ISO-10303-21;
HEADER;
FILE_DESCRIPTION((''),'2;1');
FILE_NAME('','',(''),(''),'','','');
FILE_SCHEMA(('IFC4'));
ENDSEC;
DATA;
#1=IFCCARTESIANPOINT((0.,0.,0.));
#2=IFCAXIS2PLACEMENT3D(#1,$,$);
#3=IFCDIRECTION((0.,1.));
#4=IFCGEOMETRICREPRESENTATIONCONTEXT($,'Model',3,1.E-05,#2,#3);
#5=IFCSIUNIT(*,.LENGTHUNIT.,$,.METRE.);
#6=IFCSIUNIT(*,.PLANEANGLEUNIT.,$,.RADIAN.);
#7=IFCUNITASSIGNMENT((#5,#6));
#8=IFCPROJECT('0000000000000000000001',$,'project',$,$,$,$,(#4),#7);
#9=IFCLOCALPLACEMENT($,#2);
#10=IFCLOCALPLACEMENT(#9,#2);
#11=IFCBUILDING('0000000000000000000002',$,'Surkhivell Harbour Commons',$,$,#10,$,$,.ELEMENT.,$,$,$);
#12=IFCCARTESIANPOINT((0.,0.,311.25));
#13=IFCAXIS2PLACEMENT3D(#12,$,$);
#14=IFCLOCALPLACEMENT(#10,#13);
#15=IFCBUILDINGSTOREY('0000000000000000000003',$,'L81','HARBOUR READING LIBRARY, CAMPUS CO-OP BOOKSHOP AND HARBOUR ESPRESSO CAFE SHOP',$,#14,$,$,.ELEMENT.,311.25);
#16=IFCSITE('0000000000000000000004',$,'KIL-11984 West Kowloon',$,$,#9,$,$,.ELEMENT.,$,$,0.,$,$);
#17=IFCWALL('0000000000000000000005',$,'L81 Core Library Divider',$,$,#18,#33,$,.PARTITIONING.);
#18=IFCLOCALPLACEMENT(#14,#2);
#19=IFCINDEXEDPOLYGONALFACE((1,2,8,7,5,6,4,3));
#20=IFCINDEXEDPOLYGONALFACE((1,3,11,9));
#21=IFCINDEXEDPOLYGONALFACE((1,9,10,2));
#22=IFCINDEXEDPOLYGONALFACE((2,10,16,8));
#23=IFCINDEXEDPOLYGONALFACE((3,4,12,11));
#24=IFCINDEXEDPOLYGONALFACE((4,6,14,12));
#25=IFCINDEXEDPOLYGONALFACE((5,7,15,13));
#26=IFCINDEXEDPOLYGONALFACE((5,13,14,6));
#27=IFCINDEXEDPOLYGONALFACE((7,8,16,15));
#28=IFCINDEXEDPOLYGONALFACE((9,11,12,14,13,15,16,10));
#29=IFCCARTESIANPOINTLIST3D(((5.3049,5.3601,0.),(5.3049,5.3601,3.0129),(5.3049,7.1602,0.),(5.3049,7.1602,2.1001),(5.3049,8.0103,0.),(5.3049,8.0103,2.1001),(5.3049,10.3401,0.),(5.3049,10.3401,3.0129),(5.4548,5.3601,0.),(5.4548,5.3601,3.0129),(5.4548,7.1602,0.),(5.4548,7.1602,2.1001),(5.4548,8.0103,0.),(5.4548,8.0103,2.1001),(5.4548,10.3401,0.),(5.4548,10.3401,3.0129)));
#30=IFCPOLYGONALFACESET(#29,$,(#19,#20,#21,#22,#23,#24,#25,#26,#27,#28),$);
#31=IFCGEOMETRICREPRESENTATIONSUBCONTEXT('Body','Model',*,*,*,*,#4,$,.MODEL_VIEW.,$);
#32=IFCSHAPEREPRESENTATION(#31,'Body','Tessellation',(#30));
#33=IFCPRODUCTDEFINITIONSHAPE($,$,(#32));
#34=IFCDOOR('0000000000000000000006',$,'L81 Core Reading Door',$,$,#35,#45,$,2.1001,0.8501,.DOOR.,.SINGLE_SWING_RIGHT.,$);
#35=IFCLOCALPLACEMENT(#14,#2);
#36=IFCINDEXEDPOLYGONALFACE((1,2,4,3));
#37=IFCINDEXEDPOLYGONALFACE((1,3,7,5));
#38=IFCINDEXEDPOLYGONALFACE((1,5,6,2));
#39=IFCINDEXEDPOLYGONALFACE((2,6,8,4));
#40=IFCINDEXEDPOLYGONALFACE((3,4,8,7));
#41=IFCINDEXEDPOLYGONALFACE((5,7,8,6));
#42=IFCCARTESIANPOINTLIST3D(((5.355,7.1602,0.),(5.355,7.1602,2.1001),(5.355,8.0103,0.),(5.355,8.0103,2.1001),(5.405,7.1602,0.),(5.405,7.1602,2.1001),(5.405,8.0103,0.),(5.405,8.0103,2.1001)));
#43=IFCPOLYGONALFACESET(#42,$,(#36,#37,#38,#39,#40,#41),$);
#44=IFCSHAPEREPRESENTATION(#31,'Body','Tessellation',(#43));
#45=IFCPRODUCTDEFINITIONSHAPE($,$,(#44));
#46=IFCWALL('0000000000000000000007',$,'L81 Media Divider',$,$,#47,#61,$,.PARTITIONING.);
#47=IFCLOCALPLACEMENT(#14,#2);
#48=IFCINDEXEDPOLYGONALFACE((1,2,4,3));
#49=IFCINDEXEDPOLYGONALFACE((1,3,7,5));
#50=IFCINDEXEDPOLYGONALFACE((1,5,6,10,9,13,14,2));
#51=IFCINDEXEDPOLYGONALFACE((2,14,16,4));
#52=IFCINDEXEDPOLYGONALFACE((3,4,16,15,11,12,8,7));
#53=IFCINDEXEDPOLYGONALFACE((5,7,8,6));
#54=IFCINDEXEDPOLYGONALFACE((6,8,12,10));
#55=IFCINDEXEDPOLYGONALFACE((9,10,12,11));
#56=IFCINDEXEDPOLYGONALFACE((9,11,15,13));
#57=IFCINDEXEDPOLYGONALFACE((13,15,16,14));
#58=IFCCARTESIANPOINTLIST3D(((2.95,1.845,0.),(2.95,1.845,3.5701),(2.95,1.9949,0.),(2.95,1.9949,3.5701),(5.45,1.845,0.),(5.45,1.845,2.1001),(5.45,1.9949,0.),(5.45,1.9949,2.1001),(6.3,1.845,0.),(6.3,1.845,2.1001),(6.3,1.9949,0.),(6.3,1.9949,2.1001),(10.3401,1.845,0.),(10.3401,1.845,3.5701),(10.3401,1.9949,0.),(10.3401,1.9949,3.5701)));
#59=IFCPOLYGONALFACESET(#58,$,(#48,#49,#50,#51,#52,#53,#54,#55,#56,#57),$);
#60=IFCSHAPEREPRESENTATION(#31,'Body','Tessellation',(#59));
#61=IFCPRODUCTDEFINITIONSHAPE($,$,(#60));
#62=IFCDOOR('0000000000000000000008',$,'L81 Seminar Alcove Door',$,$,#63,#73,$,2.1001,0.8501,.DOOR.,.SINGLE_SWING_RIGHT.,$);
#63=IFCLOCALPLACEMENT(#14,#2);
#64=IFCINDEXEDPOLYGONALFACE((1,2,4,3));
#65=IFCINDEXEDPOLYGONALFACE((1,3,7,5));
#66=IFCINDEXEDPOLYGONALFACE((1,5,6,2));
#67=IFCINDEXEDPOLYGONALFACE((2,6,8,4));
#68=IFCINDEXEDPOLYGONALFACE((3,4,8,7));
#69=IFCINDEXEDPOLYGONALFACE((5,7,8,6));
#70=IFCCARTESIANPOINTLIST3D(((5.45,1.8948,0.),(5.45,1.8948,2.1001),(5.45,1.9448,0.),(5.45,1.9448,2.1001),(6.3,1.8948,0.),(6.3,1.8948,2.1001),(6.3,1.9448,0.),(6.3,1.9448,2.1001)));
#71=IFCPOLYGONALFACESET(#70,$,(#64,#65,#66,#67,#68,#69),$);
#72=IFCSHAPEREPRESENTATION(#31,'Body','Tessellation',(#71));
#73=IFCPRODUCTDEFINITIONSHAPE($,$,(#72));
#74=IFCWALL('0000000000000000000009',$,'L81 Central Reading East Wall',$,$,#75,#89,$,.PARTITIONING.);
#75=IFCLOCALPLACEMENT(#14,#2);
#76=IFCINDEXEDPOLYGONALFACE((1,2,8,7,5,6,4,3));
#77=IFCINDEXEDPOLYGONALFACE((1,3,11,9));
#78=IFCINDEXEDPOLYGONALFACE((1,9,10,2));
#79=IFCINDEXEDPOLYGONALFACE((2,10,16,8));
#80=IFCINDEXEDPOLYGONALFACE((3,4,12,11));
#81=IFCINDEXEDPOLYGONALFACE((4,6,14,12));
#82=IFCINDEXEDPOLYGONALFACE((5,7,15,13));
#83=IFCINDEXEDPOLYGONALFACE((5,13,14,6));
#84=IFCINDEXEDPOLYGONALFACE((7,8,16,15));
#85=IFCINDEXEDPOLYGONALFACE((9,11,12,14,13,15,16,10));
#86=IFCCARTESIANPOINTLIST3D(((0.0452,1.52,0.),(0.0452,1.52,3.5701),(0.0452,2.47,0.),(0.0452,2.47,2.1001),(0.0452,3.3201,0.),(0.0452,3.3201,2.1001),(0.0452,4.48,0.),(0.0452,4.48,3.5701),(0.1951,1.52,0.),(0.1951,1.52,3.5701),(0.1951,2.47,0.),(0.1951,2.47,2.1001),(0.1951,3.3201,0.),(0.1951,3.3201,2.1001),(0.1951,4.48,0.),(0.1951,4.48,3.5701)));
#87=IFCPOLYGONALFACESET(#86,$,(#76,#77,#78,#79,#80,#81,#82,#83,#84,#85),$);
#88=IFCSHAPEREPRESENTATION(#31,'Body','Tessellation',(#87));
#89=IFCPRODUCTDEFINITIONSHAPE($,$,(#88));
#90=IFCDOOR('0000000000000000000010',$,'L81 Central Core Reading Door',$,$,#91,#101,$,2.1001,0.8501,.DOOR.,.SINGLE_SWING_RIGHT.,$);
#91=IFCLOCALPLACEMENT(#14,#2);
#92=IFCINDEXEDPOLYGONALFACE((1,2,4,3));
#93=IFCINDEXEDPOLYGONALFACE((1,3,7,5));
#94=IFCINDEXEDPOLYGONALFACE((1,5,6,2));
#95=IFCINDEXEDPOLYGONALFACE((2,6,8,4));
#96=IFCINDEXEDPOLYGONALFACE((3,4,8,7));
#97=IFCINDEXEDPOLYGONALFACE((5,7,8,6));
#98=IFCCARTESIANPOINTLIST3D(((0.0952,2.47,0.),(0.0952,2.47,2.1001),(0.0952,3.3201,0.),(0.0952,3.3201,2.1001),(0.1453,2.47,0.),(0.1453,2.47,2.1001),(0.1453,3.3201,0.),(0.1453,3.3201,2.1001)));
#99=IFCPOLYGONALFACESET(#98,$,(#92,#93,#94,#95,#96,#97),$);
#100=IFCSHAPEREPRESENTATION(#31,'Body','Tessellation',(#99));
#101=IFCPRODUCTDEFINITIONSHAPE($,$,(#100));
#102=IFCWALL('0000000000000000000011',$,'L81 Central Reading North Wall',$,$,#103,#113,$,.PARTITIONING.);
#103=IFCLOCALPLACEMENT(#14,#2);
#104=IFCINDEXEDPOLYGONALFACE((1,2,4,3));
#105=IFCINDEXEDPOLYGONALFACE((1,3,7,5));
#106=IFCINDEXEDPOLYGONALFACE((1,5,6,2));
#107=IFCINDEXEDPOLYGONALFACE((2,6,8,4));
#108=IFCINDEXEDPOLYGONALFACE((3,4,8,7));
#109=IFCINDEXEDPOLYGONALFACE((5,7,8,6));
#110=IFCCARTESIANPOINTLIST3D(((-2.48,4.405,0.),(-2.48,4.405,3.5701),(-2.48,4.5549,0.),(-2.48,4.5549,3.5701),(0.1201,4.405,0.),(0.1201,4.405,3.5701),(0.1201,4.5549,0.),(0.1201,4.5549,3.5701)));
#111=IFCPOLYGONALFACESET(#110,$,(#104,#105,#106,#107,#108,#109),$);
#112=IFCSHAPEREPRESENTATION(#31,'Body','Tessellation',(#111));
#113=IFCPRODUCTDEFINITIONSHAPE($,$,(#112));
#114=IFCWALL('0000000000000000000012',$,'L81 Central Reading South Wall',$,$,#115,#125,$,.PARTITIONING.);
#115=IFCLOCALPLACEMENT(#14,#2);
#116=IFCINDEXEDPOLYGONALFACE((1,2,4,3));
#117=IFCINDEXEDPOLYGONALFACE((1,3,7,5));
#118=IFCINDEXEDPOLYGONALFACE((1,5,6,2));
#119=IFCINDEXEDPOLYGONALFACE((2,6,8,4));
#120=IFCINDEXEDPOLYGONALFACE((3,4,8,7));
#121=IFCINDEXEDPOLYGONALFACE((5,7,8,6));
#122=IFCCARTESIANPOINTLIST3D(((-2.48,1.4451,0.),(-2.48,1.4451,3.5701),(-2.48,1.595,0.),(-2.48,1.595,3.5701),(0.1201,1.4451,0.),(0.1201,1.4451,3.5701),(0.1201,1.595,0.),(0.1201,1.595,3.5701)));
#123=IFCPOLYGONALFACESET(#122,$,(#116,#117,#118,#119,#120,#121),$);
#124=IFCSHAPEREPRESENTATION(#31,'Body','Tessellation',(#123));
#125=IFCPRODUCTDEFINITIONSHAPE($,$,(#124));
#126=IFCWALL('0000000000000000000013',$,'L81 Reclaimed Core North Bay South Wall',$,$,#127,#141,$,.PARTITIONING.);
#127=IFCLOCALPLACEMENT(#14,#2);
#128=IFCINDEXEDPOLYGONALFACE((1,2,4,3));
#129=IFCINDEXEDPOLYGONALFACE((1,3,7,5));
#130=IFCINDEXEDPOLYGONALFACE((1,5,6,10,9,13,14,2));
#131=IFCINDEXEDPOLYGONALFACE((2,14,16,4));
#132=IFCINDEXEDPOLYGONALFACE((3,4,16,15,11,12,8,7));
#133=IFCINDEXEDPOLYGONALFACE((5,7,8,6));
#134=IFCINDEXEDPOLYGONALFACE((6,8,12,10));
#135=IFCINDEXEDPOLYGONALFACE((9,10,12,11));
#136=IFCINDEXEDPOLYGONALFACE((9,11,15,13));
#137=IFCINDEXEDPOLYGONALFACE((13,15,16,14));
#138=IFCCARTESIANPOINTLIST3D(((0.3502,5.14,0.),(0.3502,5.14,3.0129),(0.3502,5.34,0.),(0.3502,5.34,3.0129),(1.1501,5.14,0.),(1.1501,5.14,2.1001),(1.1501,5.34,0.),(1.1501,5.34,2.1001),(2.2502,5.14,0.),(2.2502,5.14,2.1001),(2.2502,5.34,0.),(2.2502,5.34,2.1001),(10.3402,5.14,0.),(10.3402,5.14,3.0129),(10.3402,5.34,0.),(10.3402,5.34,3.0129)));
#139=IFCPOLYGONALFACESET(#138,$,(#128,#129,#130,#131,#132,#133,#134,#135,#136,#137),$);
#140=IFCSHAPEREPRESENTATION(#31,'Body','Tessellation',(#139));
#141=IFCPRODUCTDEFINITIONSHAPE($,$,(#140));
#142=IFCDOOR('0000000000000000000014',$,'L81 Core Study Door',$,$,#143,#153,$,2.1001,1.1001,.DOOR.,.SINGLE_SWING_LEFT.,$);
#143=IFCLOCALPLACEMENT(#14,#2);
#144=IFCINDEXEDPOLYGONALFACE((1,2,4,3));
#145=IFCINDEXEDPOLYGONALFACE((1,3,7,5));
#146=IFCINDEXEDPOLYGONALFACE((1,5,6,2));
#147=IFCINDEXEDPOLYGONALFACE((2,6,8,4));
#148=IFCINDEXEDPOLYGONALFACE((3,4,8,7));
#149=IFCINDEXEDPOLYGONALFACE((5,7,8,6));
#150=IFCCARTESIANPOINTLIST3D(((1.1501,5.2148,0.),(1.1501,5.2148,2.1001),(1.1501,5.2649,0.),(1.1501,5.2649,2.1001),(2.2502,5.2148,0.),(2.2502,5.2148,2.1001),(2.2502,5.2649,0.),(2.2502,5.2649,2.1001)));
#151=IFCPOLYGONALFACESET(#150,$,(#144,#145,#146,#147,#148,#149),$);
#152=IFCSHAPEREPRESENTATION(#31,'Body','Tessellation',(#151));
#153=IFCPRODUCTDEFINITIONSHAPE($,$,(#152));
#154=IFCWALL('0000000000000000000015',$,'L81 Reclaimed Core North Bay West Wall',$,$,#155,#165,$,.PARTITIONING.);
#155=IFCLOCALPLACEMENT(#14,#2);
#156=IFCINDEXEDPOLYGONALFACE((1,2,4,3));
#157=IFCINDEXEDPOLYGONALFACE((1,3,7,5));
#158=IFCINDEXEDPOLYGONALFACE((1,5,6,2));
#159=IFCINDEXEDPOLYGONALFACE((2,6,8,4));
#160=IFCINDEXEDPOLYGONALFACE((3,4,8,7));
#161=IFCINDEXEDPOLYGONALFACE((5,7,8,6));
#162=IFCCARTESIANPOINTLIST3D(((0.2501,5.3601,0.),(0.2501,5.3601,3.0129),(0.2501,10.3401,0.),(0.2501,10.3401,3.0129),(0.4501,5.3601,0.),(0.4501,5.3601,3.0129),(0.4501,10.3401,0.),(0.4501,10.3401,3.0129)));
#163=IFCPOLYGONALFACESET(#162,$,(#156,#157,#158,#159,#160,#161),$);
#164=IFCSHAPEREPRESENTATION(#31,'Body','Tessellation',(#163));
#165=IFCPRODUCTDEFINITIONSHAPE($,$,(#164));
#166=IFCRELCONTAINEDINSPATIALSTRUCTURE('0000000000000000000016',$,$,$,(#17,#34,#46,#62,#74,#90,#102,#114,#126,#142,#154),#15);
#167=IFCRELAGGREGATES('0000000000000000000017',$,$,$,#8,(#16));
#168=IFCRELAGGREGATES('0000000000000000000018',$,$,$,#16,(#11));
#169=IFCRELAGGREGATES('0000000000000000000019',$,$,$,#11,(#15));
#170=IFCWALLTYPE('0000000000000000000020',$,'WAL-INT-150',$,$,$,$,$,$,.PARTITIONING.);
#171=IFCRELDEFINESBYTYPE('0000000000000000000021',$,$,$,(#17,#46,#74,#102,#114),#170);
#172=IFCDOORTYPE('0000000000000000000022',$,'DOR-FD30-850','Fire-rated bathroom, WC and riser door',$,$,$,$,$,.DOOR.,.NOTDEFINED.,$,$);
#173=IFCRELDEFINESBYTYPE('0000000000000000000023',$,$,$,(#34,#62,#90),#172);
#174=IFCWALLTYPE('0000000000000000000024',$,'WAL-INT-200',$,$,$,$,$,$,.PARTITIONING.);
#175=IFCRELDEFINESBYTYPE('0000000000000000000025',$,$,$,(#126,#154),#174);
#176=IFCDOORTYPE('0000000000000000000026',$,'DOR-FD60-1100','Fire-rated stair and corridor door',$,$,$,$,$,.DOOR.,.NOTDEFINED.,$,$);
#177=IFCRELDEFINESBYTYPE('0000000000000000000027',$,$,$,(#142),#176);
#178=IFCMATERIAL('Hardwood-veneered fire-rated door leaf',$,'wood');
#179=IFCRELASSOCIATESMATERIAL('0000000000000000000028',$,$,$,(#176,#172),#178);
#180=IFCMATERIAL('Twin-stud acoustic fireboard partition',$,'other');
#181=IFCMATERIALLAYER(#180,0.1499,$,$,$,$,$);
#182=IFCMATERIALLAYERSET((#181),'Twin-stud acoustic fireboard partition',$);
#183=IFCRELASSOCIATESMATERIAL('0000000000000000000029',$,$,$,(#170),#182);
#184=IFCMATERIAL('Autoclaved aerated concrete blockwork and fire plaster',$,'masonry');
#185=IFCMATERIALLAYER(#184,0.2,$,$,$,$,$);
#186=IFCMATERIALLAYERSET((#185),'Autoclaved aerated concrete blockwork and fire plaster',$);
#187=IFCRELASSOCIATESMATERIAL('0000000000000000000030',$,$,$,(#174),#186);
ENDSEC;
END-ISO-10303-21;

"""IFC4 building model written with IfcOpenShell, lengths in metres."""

from ifc_helpers import new_model, si_unit, direction, frame, frame_2d, origin, place, context, subcontext, project, spatial, rectangle, extrude, material, layer, layer_set, type_object, element, fill, save


model = new_model("IFC4")

# Units and contexts
model_context = context("Model", 3, precision=1e-05, world=origin(), true_north=direction((0.0, 1.0)))
body_context = subcontext(model_context, "Body", "Model", "MODEL_VIEW")
ifc_project = project(units=[si_unit("LENGTHUNIT", "METRE"), si_unit("PLANEANGLEUNIT", "RADIAN")], contexts=[model_context])

# Site, building, storey
site_placement = place(None, origin())
site = spatial("IfcSite", under=ifc_project, at=site_placement, Name="KIL-11984 West Kowloon", CompositionType="ELEMENT", RefElevation=0.0)
building_placement = place(site_placement, origin())
building = spatial("IfcBuilding", under=site, at=building_placement, Name="Surkhivell Harbour Commons", CompositionType="ELEMENT")
storey_placement = place(building_placement, frame((0.0, 0.0, 311.25)))
storey = spatial("IfcBuildingStorey", under=building, at=storey_placement, Name="L81", Description="HARBOUR READING LIBRARY, CAMPUS CO-OP BOOKSHOP AND HARBOUR ESPRESSO CAFE SHOP", CompositionType="ELEMENT", Elevation=311.25)

# Shared definitions
ifc_material_1 = material(Name="Hardwood-veneered fire-rated door leaf", Category="wood")
door_type_1 = type_object("IfcDoorType", Name="DOR-FD60-1100", Description="Fire-rated stair and corridor door", OperationType="NOTDEFINED", PredefinedType="DOOR", material=ifc_material_1)

# Walls, openings, doors
ifc_material_2 = material(Name="Twin-stud acoustic fireboard partition", Category="other")
ifc_layer_1 = layer(ifc_material_2, 0.1499)
ifc_layer_set_1 = layer_set([ifc_layer_1], Name="Twin-stud acoustic fireboard partition")
wall_type_1 = type_object("IfcWallType", Name="WAL-INT-150", PredefinedType="PARTITIONING", material=ifc_layer_set_1)
wall_1_placement = place(storey_placement, frame((5.3799, 5.3601, 0.0), z_axis=(0.0, 0.0, 1.0), x_axis=(0.0, 1.0, 0.0)))
wall_1 = element("IfcWall", 1, at=wall_1_placement, inside=storey, type_object=wall_type_1, Name="L81 Core Library Divider", PredefinedType="PARTITIONING", context=body_context, shape_type="SweptSolid", body=[
    extrude(rectangle(XDim=4.98, YDim=0.1499, at=frame_2d((2.49, 0.0))), origin(), (0.0, 0.0, 1.0), 3.0129),
])
opening_1_placement = place(wall_1_placement, frame((1.8, 0.0, 0.0)))
opening_1 = element("IfcOpeningElement", 2, at=opening_1_placement, cuts=wall_1, PredefinedType="OPENING", context=body_context, shape_type="SweptSolid", body=[
    extrude(rectangle(XDim=0.8501, YDim=2.1001, at=frame_2d((0.425, 1.05))), frame((0.0, 0.085, 0.0), z_axis=(0.0, -1.0, 0.0), x_axis=(1.0, 0.0, 0.0)), (0.0, 0.0, 1.0), 0.1699),
])
door_type_2 = type_object("IfcDoorType", Name="DOR-FD30-850", Description="Fire-rated bathroom, WC and riser door", OperationType="NOTDEFINED", PredefinedType="DOOR", material=ifc_material_1)
door_1_placement = place(opening_1_placement, origin())
door_1 = element("IfcDoor", 3, at=door_1_placement, inside=storey, type_object=door_type_2, Name="L81 Core Reading Door", OperationType="SINGLE_SWING_RIGHT", OverallHeight=2.1001, OverallWidth=0.8501, PredefinedType="DOOR", context=body_context, shape_type="SweptSolid", body=[
    extrude(rectangle(XDim=0.8501, YDim=2.1001, at=frame_2d((0.425, 1.05))), frame((0.0, 0.0249, 0.0), z_axis=(0.0, -1.0, 0.0), x_axis=(1.0, 0.0, 0.0)), (0.0, 0.0, 1.0), 0.05),
])
fill(opening_1, door_1)
wall_2_placement = place(storey_placement, frame((2.95, 1.9199, 0.0), z_axis=(0.0, 0.0, 1.0), x_axis=(1.0, 0.0, 0.0)))
wall_2 = element("IfcWall", 4, at=wall_2_placement, inside=storey, type_object=wall_type_1, Name="L81 Media Divider", PredefinedType="PARTITIONING", context=body_context, shape_type="SweptSolid", body=[
    extrude(rectangle(XDim=7.3901, YDim=0.1499, at=frame_2d((3.6951, 0.0))), origin(), (0.0, 0.0, 1.0), 3.5701),
])
opening_2_placement = place(wall_2_placement, frame((2.5, 0.0, 0.0)))
opening_2 = element("IfcOpeningElement", 5, at=opening_2_placement, cuts=wall_2, PredefinedType="OPENING", context=body_context, shape_type="SweptSolid", body=[
    extrude(rectangle(XDim=0.8501, YDim=2.1001, at=frame_2d((0.425, 1.05))), frame((0.0, 0.085, 0.0), z_axis=(0.0, -1.0, 0.0), x_axis=(1.0, 0.0, 0.0)), (0.0, 0.0, 1.0), 0.1699),
])
door_2_placement = place(opening_2_placement, origin())
door_2 = element("IfcDoor", 6, at=door_2_placement, inside=storey, type_object=door_type_2, Name="L81 Seminar Alcove Door", OperationType="SINGLE_SWING_RIGHT", OverallHeight=2.1001, OverallWidth=0.8501, PredefinedType="DOOR", context=body_context, shape_type="SweptSolid", body=[
    extrude(rectangle(XDim=0.8501, YDim=2.1001, at=frame_2d((0.425, 1.05))), frame((0.0, 0.0249, 0.0), z_axis=(0.0, -1.0, 0.0), x_axis=(1.0, 0.0, 0.0)), (0.0, 0.0, 1.0), 0.05),
])
fill(opening_2, door_2)
wall_3_placement = place(storey_placement, frame((0.1201, 1.52, 0.0), z_axis=(0.0, 0.0, 1.0), x_axis=(0.0, 1.0, 0.0)))
wall_3 = element("IfcWall", 7, at=wall_3_placement, inside=storey, type_object=wall_type_1, Name="L81 Central Reading East Wall", PredefinedType="PARTITIONING", context=body_context, shape_type="SweptSolid", body=[
    extrude(rectangle(XDim=2.96, YDim=0.1499, at=frame_2d((1.48, 0.0))), origin(), (0.0, 0.0, 1.0), 3.5701),
])
opening_3_placement = place(wall_3_placement, frame((0.95, 0.0, 0.0)))
opening_3 = element("IfcOpeningElement", 8, at=opening_3_placement, cuts=wall_3, PredefinedType="OPENING", context=body_context, shape_type="SweptSolid", body=[
    extrude(rectangle(XDim=0.8501, YDim=2.1001, at=frame_2d((0.425, 1.05))), frame((0.0, 0.085, 0.0), z_axis=(0.0, -1.0, 0.0), x_axis=(1.0, 0.0, 0.0)), (0.0, 0.0, 1.0), 0.1699),
])
door_3_placement = place(opening_3_placement, origin())
door_3 = element("IfcDoor", 9, at=door_3_placement, inside=storey, type_object=door_type_2, Name="L81 Central Core Reading Door", OperationType="SINGLE_SWING_RIGHT", OverallHeight=2.1001, OverallWidth=0.8501, PredefinedType="DOOR", context=body_context, shape_type="SweptSolid", body=[
    extrude(rectangle(XDim=0.8501, YDim=2.1001, at=frame_2d((0.425, 1.05))), frame((0.0, 0.0249, 0.0), z_axis=(0.0, -1.0, 0.0), x_axis=(1.0, 0.0, 0.0)), (0.0, 0.0, 1.0), 0.05),
])
fill(opening_3, door_3)

# Walls
for number, where, z_axis, x_axis, name in (
    (10, (-2.48, 4.48, 0.0), (0.0, 0.0, 1.0), (1.0, 0.0, 0.0), "L81 Central Reading North Wall"),
    (11, (-2.48, 1.52, 0.0), (0.0, 0.0, 1.0), (1.0, 0.0, 0.0), "L81 Central Reading South Wall"),
):
    element("IfcWall", number, at=place(storey_placement, frame(where, z_axis=z_axis, x_axis=x_axis)), inside=storey, type_object=wall_type_1, Name=name, PredefinedType="PARTITIONING", context=body_context, shape_type="SweptSolid", body=[
        extrude(rectangle(XDim=2.6001, YDim=0.1499, at=frame_2d((1.3, 0.0))), origin(), (0.0, 0.0, 1.0), 3.5701),
    ])

# Wall, opening, door
ifc_material_3 = material(Name="Autoclaved aerated concrete blockwork and fire plaster", Category="masonry")
ifc_layer_2 = layer(ifc_material_3, 0.2)
ifc_layer_set_2 = layer_set([ifc_layer_2], Name="Autoclaved aerated concrete blockwork and fire plaster")
wall_type_2 = type_object("IfcWallType", Name="WAL-INT-200", PredefinedType="PARTITIONING", material=ifc_layer_set_2)
wall_4_placement = place(storey_placement, frame((0.3501, 5.24, 0.0), z_axis=(0.0, 0.0, 1.0), x_axis=(1.0, 0.0, 0.0)))
wall_4 = element("IfcWall", 12, at=wall_4_placement, inside=storey, type_object=wall_type_2, Name="L81 Reclaimed Core North Bay South Wall", PredefinedType="PARTITIONING", context=body_context, shape_type="SweptSolid", body=[
    extrude(rectangle(XDim=9.99, YDim=0.2, at=frame_2d((4.9951, 0.0))), origin(), (0.0, 0.0, 1.0), 3.0129),
])
opening_4_placement = place(wall_4_placement, frame((0.8, 0.0, 0.0)))
opening_4 = element("IfcOpeningElement", 13, at=opening_4_placement, cuts=wall_4, PredefinedType="OPENING", context=body_context, shape_type="SweptSolid", body=[
    extrude(rectangle(XDim=1.1001, YDim=2.1001, at=frame_2d((0.55, 1.05))), frame((0.0, 0.1099, 0.0), z_axis=(0.0, -1.0, 0.0), x_axis=(1.0, 0.0, 0.0)), (0.0, 0.0, 1.0), 0.22),
])
door_4_placement = place(opening_4_placement, origin())
door_4 = element("IfcDoor", 14, at=door_4_placement, inside=storey, type_object=door_type_1, Name="L81 Core Study Door", OperationType="SINGLE_SWING_LEFT", OverallHeight=2.1001, OverallWidth=1.1001, PredefinedType="DOOR", context=body_context, shape_type="SweptSolid", body=[
    extrude(rectangle(XDim=1.1001, YDim=2.1001, at=frame_2d((0.55, 1.05))), frame((0.0, 0.0249, 0.0), z_axis=(0.0, -1.0, 0.0), x_axis=(1.0, 0.0, 0.0)), (0.0, 0.0, 1.0), 0.05),
])
fill(opening_4, door_4)

# Wall
wall_5_placement = place(storey_placement, frame((0.3501, 5.3601, 0.0), z_axis=(0.0, 0.0, 1.0), x_axis=(0.0, 1.0, 0.0)))
element("IfcWall", 15, at=wall_5_placement, inside=storey, type_object=wall_type_2, Name="L81 Reclaimed Core North Bay West Wall", PredefinedType="PARTITIONING", context=body_context, shape_type="SweptSolid", body=[
    extrude(rectangle(XDim=4.98, YDim=0.2, at=frame_2d((2.49, 0.0))), origin(), (0.0, 0.0, 1.0), 3.0129),
])

save(model, "model.ifc")
